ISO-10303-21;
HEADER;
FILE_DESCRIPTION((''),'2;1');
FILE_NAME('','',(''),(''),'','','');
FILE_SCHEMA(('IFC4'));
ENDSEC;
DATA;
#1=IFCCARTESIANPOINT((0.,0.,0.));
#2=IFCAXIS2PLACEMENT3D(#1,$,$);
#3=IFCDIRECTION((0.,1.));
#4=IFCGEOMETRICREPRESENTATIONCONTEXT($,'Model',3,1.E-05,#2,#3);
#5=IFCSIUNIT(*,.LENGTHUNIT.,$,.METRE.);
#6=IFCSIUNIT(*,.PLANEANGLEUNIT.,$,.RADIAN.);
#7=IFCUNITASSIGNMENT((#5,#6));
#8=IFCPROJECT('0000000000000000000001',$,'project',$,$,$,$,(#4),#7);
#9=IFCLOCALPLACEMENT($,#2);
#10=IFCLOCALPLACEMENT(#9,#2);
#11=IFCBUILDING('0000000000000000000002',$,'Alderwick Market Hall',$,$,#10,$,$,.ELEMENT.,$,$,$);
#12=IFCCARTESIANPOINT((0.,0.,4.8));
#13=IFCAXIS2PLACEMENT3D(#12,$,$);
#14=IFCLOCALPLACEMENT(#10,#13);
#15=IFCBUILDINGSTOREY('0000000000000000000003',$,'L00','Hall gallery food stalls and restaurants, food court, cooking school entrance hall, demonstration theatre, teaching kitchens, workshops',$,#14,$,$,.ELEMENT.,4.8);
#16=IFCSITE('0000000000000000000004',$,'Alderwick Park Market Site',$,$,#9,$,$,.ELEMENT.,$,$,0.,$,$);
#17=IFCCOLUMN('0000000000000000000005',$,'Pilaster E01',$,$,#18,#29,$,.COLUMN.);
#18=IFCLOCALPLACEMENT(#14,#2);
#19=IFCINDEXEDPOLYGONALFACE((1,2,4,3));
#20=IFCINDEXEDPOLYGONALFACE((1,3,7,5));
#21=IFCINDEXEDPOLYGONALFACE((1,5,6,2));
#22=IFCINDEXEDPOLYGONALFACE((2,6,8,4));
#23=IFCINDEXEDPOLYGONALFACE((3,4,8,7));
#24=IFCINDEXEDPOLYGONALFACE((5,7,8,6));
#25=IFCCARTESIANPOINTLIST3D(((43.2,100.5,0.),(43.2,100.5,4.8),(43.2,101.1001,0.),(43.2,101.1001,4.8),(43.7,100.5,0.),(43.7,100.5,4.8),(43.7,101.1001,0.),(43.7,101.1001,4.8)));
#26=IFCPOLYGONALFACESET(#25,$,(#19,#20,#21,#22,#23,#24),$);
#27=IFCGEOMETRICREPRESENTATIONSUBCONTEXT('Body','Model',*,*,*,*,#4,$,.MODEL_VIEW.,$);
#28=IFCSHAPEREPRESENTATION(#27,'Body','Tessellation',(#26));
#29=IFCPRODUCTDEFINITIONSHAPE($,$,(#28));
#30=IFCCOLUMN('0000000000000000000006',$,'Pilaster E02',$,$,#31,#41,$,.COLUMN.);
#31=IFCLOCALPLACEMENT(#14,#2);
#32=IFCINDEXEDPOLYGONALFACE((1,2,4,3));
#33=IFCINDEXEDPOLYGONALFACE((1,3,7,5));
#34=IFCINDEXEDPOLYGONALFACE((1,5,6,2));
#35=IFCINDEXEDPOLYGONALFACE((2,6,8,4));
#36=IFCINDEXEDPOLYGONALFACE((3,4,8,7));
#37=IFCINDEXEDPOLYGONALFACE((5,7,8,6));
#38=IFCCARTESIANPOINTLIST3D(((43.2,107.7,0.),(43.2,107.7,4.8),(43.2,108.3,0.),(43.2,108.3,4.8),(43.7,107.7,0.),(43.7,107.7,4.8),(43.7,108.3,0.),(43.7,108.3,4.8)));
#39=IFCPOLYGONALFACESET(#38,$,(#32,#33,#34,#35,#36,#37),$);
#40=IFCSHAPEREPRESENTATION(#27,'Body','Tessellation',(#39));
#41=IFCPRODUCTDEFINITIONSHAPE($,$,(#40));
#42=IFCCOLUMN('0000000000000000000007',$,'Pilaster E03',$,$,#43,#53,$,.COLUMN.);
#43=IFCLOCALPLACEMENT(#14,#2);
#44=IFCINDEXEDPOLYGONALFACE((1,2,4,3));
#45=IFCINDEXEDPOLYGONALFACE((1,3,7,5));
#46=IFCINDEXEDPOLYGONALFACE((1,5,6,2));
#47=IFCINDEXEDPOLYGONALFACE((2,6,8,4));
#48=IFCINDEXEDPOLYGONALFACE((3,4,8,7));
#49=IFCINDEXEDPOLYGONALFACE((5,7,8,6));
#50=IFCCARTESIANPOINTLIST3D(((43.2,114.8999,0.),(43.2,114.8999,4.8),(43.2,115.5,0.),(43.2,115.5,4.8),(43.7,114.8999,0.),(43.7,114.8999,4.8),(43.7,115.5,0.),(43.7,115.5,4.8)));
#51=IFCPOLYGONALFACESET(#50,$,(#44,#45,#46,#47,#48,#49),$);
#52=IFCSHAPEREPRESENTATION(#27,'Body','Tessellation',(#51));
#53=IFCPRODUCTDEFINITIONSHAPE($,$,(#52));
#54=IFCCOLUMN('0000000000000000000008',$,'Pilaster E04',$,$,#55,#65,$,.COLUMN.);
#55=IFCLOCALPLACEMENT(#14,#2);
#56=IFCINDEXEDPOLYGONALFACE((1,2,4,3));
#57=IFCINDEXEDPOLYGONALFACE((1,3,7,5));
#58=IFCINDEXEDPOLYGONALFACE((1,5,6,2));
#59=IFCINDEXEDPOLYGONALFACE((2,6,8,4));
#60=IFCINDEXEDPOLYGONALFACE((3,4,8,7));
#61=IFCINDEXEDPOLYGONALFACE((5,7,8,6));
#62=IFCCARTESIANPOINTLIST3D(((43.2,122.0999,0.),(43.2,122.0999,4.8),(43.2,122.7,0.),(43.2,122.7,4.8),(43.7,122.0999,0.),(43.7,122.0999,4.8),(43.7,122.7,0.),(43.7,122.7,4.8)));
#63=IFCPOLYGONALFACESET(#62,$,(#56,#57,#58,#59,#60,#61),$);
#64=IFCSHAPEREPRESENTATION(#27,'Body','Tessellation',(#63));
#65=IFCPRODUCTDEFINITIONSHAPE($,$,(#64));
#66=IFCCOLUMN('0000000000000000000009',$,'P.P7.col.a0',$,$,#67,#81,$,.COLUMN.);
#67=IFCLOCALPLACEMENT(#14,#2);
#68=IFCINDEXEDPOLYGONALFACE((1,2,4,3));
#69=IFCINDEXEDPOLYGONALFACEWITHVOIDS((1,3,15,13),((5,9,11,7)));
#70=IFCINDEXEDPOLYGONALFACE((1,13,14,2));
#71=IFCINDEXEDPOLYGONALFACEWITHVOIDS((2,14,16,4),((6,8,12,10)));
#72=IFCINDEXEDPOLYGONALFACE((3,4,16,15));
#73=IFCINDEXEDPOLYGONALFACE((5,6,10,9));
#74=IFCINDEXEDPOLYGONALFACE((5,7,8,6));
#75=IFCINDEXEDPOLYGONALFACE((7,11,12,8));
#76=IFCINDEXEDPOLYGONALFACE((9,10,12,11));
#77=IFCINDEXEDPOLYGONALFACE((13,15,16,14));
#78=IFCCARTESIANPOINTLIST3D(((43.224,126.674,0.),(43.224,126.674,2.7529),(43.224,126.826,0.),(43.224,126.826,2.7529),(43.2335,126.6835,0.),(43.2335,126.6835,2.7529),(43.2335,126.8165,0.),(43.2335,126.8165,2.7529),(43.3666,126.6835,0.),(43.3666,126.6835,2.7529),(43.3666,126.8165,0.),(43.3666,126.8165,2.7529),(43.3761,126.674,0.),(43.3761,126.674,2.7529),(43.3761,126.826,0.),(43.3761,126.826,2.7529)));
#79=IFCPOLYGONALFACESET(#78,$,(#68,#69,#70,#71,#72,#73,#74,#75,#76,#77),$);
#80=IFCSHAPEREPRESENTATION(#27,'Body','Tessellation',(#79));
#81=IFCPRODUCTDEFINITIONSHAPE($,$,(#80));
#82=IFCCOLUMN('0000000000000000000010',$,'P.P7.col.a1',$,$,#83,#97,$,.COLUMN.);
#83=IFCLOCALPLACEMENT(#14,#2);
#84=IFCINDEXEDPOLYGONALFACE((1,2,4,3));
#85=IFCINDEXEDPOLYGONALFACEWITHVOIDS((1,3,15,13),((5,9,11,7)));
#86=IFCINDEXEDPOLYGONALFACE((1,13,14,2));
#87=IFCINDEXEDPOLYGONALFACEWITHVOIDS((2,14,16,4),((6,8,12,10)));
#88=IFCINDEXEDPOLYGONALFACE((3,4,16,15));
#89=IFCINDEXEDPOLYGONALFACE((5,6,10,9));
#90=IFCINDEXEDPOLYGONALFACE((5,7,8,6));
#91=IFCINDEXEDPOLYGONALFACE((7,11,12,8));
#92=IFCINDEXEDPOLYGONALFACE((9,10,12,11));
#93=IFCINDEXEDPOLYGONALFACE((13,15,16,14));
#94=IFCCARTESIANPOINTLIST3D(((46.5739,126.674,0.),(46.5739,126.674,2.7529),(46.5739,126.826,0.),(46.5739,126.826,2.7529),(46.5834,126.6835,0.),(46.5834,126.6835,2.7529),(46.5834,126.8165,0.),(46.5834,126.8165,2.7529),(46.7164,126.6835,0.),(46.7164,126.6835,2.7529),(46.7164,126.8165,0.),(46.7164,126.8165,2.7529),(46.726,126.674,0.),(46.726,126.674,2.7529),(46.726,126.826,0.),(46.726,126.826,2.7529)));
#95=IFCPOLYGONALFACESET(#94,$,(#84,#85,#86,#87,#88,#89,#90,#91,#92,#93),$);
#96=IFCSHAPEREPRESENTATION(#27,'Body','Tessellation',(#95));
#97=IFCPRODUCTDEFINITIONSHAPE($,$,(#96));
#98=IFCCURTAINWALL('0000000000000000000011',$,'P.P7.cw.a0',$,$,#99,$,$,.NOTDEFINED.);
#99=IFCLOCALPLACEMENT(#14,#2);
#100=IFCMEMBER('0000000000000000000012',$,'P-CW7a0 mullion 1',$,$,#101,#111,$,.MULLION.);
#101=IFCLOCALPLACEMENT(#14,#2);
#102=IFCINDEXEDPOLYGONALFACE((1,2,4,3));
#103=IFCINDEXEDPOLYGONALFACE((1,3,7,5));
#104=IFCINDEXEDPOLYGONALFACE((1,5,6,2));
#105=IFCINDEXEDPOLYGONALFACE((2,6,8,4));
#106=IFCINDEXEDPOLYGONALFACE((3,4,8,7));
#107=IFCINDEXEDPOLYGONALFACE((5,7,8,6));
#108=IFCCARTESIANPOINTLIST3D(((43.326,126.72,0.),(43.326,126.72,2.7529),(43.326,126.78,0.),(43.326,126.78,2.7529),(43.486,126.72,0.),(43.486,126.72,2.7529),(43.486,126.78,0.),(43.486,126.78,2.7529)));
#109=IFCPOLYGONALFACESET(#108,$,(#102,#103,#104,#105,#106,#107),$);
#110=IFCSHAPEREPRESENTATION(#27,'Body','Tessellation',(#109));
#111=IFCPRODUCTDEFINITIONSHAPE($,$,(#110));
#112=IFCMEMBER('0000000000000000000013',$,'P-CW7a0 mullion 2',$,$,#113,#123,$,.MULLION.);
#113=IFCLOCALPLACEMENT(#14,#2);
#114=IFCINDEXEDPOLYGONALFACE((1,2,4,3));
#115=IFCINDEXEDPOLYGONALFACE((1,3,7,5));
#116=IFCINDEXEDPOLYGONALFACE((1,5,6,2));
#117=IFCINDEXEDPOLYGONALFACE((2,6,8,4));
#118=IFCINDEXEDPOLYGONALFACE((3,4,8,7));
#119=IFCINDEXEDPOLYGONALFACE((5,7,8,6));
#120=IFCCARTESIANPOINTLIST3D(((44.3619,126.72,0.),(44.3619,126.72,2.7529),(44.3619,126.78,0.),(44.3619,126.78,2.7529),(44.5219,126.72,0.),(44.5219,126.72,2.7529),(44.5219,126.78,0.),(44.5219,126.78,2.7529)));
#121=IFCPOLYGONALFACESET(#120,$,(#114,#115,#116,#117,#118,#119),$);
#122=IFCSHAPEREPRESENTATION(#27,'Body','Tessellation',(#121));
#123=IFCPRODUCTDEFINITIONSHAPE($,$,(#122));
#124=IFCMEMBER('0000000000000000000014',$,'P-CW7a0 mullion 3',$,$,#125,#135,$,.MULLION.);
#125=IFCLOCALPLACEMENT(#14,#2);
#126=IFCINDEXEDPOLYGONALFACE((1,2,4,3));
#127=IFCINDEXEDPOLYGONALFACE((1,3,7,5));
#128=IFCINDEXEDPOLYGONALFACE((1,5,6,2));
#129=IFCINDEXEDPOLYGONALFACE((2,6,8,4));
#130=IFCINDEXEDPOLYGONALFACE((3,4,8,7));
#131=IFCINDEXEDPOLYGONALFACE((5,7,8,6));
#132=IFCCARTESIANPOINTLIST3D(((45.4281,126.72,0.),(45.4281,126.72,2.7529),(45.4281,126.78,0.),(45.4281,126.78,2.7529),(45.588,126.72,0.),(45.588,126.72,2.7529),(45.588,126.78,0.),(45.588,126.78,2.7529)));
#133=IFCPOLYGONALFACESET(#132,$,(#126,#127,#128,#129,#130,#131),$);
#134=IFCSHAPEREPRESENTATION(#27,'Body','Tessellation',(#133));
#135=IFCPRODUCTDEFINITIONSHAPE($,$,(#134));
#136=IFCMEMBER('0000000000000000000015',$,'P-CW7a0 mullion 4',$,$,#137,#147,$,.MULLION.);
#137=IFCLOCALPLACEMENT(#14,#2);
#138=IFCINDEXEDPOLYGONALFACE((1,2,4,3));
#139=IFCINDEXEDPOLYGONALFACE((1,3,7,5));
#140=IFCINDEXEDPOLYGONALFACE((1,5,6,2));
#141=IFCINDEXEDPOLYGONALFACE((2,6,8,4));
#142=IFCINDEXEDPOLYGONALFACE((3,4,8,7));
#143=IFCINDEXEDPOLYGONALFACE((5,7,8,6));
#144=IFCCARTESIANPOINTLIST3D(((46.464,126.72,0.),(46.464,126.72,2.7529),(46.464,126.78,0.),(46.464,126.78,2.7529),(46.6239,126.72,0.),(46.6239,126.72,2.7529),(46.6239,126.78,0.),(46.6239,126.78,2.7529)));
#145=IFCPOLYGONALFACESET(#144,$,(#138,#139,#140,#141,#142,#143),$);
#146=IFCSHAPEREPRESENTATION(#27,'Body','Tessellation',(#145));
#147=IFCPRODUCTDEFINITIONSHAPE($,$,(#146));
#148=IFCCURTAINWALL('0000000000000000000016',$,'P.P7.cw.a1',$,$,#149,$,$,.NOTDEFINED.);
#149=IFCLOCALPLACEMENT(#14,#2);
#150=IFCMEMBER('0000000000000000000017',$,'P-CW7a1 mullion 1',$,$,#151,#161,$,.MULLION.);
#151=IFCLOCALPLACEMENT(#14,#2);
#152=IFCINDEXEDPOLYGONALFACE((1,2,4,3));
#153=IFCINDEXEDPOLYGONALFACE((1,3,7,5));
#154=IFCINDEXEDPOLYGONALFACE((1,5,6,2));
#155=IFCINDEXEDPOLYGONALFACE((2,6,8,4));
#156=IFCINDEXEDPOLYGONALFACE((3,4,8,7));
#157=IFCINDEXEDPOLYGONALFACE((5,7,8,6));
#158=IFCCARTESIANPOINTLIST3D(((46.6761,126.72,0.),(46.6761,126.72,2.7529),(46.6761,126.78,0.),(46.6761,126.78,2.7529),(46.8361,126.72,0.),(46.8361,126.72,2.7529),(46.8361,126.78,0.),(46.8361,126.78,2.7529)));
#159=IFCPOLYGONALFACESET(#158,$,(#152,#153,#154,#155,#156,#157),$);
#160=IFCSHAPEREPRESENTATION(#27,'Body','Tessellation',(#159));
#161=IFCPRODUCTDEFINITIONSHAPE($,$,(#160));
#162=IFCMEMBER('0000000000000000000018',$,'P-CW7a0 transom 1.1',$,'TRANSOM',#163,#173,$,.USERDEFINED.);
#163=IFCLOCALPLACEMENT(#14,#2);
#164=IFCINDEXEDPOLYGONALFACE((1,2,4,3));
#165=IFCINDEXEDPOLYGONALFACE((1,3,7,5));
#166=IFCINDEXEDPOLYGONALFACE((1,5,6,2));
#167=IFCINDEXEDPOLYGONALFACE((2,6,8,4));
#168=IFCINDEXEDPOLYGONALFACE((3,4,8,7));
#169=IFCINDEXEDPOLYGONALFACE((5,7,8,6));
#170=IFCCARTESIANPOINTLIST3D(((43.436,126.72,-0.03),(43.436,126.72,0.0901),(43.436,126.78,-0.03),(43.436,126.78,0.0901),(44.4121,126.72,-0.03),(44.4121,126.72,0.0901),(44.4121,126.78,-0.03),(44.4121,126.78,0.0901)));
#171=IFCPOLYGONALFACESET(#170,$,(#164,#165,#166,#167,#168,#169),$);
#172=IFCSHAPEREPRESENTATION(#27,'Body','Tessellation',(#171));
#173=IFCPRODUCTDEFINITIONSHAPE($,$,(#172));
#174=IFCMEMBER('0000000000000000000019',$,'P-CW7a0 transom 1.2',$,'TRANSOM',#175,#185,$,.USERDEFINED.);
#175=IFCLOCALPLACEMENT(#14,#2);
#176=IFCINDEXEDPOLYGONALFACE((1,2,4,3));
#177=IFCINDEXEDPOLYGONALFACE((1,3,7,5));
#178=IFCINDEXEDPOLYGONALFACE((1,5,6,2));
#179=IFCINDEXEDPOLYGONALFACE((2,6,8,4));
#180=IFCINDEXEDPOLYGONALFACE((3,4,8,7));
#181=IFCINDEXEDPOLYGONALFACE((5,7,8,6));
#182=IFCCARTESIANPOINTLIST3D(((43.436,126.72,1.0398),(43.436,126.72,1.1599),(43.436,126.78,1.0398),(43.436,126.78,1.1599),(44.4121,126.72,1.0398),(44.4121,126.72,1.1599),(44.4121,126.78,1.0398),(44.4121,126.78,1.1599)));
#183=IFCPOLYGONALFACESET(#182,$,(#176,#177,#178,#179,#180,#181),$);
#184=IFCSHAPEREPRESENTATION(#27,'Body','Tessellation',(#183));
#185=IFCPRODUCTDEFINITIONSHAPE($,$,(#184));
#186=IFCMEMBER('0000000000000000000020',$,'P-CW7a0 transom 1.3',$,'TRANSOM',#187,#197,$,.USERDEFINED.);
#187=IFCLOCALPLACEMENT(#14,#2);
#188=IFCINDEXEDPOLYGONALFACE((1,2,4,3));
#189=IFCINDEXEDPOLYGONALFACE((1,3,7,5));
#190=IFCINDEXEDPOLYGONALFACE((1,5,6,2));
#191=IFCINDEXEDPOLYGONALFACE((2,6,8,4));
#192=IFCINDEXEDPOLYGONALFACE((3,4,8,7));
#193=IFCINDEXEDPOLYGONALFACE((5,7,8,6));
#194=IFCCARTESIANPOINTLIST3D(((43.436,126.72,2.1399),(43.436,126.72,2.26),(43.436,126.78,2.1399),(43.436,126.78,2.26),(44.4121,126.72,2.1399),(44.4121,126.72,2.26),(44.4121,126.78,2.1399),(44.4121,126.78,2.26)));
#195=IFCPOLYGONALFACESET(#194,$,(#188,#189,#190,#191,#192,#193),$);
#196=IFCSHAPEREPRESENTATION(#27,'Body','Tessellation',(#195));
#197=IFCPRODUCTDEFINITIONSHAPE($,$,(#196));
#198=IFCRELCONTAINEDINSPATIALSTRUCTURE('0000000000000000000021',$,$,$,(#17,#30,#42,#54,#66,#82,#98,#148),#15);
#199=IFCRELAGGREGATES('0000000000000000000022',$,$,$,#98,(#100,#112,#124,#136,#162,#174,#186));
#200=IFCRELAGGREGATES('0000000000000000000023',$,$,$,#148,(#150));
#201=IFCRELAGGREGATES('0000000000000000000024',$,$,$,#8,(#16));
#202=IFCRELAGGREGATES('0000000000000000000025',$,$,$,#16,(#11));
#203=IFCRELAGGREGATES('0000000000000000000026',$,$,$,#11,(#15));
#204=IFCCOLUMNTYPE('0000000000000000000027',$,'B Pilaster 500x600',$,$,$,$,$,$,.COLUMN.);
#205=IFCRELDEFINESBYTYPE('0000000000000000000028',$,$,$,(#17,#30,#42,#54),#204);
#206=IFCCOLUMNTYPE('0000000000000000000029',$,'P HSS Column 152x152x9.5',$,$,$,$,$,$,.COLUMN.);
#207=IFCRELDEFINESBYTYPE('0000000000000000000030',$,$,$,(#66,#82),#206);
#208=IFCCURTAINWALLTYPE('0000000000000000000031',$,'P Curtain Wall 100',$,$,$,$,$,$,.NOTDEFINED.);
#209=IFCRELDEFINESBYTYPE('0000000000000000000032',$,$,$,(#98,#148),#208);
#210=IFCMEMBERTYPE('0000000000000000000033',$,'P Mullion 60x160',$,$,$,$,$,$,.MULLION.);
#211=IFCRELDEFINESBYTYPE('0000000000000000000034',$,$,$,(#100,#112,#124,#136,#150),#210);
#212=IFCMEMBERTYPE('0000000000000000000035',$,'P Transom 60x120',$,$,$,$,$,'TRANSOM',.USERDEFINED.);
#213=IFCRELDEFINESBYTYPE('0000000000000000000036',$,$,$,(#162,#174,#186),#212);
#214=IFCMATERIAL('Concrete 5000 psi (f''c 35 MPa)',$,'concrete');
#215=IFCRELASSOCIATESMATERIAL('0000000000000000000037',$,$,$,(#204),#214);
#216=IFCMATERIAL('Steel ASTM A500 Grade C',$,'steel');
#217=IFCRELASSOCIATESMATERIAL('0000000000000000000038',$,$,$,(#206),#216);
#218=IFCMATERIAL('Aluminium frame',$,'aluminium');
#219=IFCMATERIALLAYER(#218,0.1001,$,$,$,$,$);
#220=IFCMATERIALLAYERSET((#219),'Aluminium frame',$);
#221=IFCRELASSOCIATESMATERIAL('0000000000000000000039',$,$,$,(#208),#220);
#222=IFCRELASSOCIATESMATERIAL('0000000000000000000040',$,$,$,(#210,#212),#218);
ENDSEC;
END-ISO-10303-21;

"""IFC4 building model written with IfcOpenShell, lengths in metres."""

from ifc_helpers import new_model, si_unit, direction, frame, origin, origin_2d, place, context, subcontext, project, spatial, rectangle, hollow_rectangle, extrude, material, layer, layer_set, material_profile, profile_set, type_object, element, aggregate, save


model = new_model("IFC4")

# Units and contexts
model_context = context("Model", 3, precision=1e-05, world=origin(), true_north=direction((0.0, 1.0)))
body_context = subcontext(model_context, "Body", "Model", "MODEL_VIEW")
ifc_project = project(units=[si_unit("LENGTHUNIT", "METRE"), si_unit("PLANEANGLEUNIT", "RADIAN")], contexts=[model_context])

# Site, building, storey
site_placement = place(None, origin())
site = spatial("IfcSite", under=ifc_project, at=site_placement, Name="Alderwick Park Market Site", CompositionType="ELEMENT", RefElevation=0.0)
building_placement = place(site_placement, origin())
building = spatial("IfcBuilding", under=site, at=building_placement, Name="Alderwick Market Hall", CompositionType="ELEMENT")
storey_placement = place(building_placement, frame((0.0, 0.0, 4.8)))
storey = spatial("IfcBuildingStorey", under=building, at=storey_placement, Name="L00", Description="Hall gallery food stalls and restaurants, food court, cooking school entrance hall, demonstration theatre, teaching kitchens, workshops", CompositionType="ELEMENT", Elevation=4.8)

# Columns
ifc_material_1 = material(Name="Concrete 5000 psi (f'c 35 MPa)", Category="concrete")
ifc_material_profile_1 = material_profile(ifc_material_1, rectangle(XDim=0.5, YDim=0.6001, at=origin_2d()), Name="B Pilaster 500x600")
ifc_profile_set_1 = profile_set([ifc_material_profile_1], Name="Concrete 5000 psi (f'c 35 MPa)")
column_type_1 = type_object("IfcColumnType", Name="B Pilaster 500x600", PredefinedType="COLUMN", material=ifc_profile_set_1)
for number, where, z_axis, x_axis, name in (
    (1, (43.45, 100.8, 0.0), (0.0, 0.0, 1.0), (1.0, 0.0, 0.0), "Pilaster E01"),
    (2, (43.45, 108.0, 0.0), (0.0, 0.0, 1.0), (1.0, 0.0, 0.0), "Pilaster E02"),
    (3, (43.45, 115.2, 0.0), (0.0, 0.0, 1.0), (1.0, 0.0, 0.0), "Pilaster E03"),
    (4, (43.45, 122.3999, 0.0), (0.0, 0.0, 1.0), (1.0, 0.0, 0.0), "Pilaster E04"),
):
    element("IfcColumn", number, at=place(storey_placement, frame(where, z_axis=z_axis, x_axis=x_axis)), inside=storey, type_object=column_type_1, Name=name, PredefinedType="COLUMN", context=body_context, shape_type="SweptSolid", body=[
        extrude(rectangle(XDim=0.5, YDim=0.6001, at=origin_2d()), origin(), (0.0, 0.0, 1.0), 4.8),
    ])
ifc_material_2 = material(Name="Steel ASTM A500 Grade C", Category="steel")
ifc_material_profile_2 = material_profile(ifc_material_2, hollow_rectangle(XDim=0.1521, YDim=0.1521, WallThickness=0.0095, at=origin_2d()), Name="HSS152x152x9.5")
ifc_profile_set_2 = profile_set([ifc_material_profile_2], Name="Steel ASTM A500 Grade C")
column_type_2 = type_object("IfcColumnType", Name="P HSS Column 152x152x9.5", PredefinedType="COLUMN", material=ifc_profile_set_2)
for number, where, z_axis, x_axis, name in (
    (5, (43.3, 126.75, 0.0), (0.0, 0.0, 1.0), (1.0, 0.0, 0.0), "P.P7.col.a0"),
    (6, (46.6499, 126.75, 0.0), (0.0, 0.0, 1.0), (1.0, 0.0, 0.0), "P.P7.col.a1"),
):
    element("IfcColumn", number, at=place(storey_placement, frame(where, z_axis=z_axis, x_axis=x_axis)), inside=storey, type_object=column_type_2, Name=name, PredefinedType="COLUMN", context=body_context, shape_type="SweptSolid", body=[
        extrude(hollow_rectangle(XDim=0.1521, YDim=0.1521, WallThickness=0.0095, at=origin_2d()), origin(), (0.0, 0.0, 1.0), 2.7529),
    ])

# Curtain wall, members
ifc_material_3 = material(Name="Aluminium frame", Category="aluminium")
ifc_layer_1 = layer(ifc_material_3, 0.1001)
ifc_layer_set_1 = layer_set([ifc_layer_1], Name="Aluminium frame")
curtain_wall_type = type_object("IfcCurtainWallType", Name="P Curtain Wall 100", PredefinedType="NOTDEFINED", material=ifc_layer_set_1)
curtain_wall_1_placement = place(storey_placement, origin())
curtain_wall_1 = element("IfcCurtainWall", 7, at=curtain_wall_1_placement, inside=storey, type_object=curtain_wall_type, Name="P.P7.cw.a0", PredefinedType="NOTDEFINED")
ifc_material_profile_3 = material_profile(ifc_material_3, rectangle(XDim=0.0601, YDim=0.1599, at=origin_2d()), Name="P Mullion 60x160")
ifc_profile_set_3 = profile_set([ifc_material_profile_3], Name="Aluminium frame")
member_type_1 = type_object("IfcMemberType", Name="P Mullion 60x160", PredefinedType="MULLION", material=ifc_profile_set_3)
member_1_placement = place(storey_placement, frame((43.406, 126.75, 0.0), z_axis=(0.0, 0.0, 1.0), x_axis=(0.0, 1.0, 0.0)))
member_1 = element("IfcMember", 8, at=member_1_placement, type_object=member_type_1, Name="P-CW7a0 mullion 1", PredefinedType="MULLION", context=body_context, shape_type="SweptSolid", body=[
    extrude(rectangle(XDim=0.0601, YDim=0.1599, at=origin_2d()), origin(), (0.0, 0.0, 1.0), 2.7529),
])
member_2_placement = place(storey_placement, frame((44.4419, 126.75, 0.0), z_axis=(0.0, 0.0, 1.0), x_axis=(0.0, 1.0, 0.0)))
member_2 = element("IfcMember", 9, at=member_2_placement, type_object=member_type_1, Name="P-CW7a0 mullion 2", PredefinedType="MULLION", context=body_context, shape_type="SweptSolid", body=[
    extrude(rectangle(XDim=0.0601, YDim=0.1599, at=origin_2d()), origin(), (0.0, 0.0, 1.0), 2.7529),
])
member_3_placement = place(storey_placement, frame((45.5081, 126.75, 0.0), z_axis=(0.0, 0.0, 1.0), x_axis=(0.0, 1.0, 0.0)))
member_3 = element("IfcMember", 10, at=member_3_placement, type_object=member_type_1, Name="P-CW7a0 mullion 3", PredefinedType="MULLION", context=body_context, shape_type="SweptSolid", body=[
    extrude(rectangle(XDim=0.0601, YDim=0.1599, at=origin_2d()), origin(), (0.0, 0.0, 1.0), 2.7529),
])
member_4_placement = place(storey_placement, frame((46.5439, 126.75, 0.0), z_axis=(0.0, 0.0, 1.0), x_axis=(0.0, 1.0, 0.0)))
member_4 = element("IfcMember", 11, at=member_4_placement, type_object=member_type_1, Name="P-CW7a0 mullion 4", PredefinedType="MULLION", context=body_context, shape_type="SweptSolid", body=[
    extrude(rectangle(XDim=0.0601, YDim=0.1599, at=origin_2d()), origin(), (0.0, 0.0, 1.0), 2.7529),
])

# Curtain wall, member
curtain_wall_2_placement = place(storey_placement, origin())
curtain_wall_2 = element("IfcCurtainWall", 12, at=curtain_wall_2_placement, inside=storey, type_object=curtain_wall_type, Name="P.P7.cw.a1", PredefinedType="NOTDEFINED")
member_5_placement = place(storey_placement, frame((46.7561, 126.75, 0.0), z_axis=(0.0, 0.0, 1.0), x_axis=(0.0, 1.0, 0.0)))
member_5 = element("IfcMember", 13, at=member_5_placement, type_object=member_type_1, Name="P-CW7a1 mullion 1", PredefinedType="MULLION", context=body_context, shape_type="SweptSolid", body=[
    extrude(rectangle(XDim=0.0601, YDim=0.1599, at=origin_2d()), origin(), (0.0, 0.0, 1.0), 2.7529),
])

# Members
ifc_material_profile_4 = material_profile(ifc_material_3, rectangle(XDim=0.0601, YDim=0.1201, at=origin_2d()), Name="P Transom 60x120")
ifc_profile_set_4 = profile_set([ifc_material_profile_4], Name="Aluminium frame")
member_type_2 = type_object("IfcMemberType", Name="P Transom 60x120", ElementType="TRANSOM", PredefinedType="USERDEFINED", material=ifc_profile_set_4)
member_6_placement = place(storey_placement, frame((43.436, 126.75, 0.03), z_axis=(1.0, 0.0, 0.0), x_axis=(0.0, 1.0, 0.0)))
member_6 = element("IfcMember", 14, at=member_6_placement, type_object=member_type_2, Name="P-CW7a0 transom 1.1", ObjectType="TRANSOM", PredefinedType="USERDEFINED", context=body_context, shape_type="SweptSolid", body=[
    extrude(rectangle(XDim=0.0601, YDim=0.1201, at=origin_2d()), origin(), (0.0, 0.0, 1.0), 0.9761),
])
member_7_placement = place(storey_placement, frame((43.436, 126.75, 1.0999), z_axis=(1.0, 0.0, 0.0), x_axis=(0.0, 1.0, 0.0)))
member_7 = element("IfcMember", 15, at=member_7_placement, type_object=member_type_2, Name="P-CW7a0 transom 1.2", ObjectType="TRANSOM", PredefinedType="USERDEFINED", context=body_context, shape_type="SweptSolid", body=[
    extrude(rectangle(XDim=0.0601, YDim=0.1201, at=origin_2d()), origin(), (0.0, 0.0, 1.0), 0.9761),
])
member_8_placement = place(storey_placement, frame((43.436, 126.75, 2.2), z_axis=(1.0, 0.0, 0.0), x_axis=(0.0, 1.0, 0.0)))
member_8 = element("IfcMember", 16, at=member_8_placement, type_object=member_type_2, Name="P-CW7a0 transom 1.3", ObjectType="TRANSOM", PredefinedType="USERDEFINED", context=body_context, shape_type="SweptSolid", body=[
    extrude(rectangle(XDim=0.0601, YDim=0.1201, at=origin_2d()), origin(), (0.0, 0.0, 1.0), 0.9761),
])

aggregate(curtain_wall_1, [member_1, member_2, member_3, member_4, member_6, member_7, member_8])
aggregate(curtain_wall_2, [member_5])

save(model, "model.ifc")
